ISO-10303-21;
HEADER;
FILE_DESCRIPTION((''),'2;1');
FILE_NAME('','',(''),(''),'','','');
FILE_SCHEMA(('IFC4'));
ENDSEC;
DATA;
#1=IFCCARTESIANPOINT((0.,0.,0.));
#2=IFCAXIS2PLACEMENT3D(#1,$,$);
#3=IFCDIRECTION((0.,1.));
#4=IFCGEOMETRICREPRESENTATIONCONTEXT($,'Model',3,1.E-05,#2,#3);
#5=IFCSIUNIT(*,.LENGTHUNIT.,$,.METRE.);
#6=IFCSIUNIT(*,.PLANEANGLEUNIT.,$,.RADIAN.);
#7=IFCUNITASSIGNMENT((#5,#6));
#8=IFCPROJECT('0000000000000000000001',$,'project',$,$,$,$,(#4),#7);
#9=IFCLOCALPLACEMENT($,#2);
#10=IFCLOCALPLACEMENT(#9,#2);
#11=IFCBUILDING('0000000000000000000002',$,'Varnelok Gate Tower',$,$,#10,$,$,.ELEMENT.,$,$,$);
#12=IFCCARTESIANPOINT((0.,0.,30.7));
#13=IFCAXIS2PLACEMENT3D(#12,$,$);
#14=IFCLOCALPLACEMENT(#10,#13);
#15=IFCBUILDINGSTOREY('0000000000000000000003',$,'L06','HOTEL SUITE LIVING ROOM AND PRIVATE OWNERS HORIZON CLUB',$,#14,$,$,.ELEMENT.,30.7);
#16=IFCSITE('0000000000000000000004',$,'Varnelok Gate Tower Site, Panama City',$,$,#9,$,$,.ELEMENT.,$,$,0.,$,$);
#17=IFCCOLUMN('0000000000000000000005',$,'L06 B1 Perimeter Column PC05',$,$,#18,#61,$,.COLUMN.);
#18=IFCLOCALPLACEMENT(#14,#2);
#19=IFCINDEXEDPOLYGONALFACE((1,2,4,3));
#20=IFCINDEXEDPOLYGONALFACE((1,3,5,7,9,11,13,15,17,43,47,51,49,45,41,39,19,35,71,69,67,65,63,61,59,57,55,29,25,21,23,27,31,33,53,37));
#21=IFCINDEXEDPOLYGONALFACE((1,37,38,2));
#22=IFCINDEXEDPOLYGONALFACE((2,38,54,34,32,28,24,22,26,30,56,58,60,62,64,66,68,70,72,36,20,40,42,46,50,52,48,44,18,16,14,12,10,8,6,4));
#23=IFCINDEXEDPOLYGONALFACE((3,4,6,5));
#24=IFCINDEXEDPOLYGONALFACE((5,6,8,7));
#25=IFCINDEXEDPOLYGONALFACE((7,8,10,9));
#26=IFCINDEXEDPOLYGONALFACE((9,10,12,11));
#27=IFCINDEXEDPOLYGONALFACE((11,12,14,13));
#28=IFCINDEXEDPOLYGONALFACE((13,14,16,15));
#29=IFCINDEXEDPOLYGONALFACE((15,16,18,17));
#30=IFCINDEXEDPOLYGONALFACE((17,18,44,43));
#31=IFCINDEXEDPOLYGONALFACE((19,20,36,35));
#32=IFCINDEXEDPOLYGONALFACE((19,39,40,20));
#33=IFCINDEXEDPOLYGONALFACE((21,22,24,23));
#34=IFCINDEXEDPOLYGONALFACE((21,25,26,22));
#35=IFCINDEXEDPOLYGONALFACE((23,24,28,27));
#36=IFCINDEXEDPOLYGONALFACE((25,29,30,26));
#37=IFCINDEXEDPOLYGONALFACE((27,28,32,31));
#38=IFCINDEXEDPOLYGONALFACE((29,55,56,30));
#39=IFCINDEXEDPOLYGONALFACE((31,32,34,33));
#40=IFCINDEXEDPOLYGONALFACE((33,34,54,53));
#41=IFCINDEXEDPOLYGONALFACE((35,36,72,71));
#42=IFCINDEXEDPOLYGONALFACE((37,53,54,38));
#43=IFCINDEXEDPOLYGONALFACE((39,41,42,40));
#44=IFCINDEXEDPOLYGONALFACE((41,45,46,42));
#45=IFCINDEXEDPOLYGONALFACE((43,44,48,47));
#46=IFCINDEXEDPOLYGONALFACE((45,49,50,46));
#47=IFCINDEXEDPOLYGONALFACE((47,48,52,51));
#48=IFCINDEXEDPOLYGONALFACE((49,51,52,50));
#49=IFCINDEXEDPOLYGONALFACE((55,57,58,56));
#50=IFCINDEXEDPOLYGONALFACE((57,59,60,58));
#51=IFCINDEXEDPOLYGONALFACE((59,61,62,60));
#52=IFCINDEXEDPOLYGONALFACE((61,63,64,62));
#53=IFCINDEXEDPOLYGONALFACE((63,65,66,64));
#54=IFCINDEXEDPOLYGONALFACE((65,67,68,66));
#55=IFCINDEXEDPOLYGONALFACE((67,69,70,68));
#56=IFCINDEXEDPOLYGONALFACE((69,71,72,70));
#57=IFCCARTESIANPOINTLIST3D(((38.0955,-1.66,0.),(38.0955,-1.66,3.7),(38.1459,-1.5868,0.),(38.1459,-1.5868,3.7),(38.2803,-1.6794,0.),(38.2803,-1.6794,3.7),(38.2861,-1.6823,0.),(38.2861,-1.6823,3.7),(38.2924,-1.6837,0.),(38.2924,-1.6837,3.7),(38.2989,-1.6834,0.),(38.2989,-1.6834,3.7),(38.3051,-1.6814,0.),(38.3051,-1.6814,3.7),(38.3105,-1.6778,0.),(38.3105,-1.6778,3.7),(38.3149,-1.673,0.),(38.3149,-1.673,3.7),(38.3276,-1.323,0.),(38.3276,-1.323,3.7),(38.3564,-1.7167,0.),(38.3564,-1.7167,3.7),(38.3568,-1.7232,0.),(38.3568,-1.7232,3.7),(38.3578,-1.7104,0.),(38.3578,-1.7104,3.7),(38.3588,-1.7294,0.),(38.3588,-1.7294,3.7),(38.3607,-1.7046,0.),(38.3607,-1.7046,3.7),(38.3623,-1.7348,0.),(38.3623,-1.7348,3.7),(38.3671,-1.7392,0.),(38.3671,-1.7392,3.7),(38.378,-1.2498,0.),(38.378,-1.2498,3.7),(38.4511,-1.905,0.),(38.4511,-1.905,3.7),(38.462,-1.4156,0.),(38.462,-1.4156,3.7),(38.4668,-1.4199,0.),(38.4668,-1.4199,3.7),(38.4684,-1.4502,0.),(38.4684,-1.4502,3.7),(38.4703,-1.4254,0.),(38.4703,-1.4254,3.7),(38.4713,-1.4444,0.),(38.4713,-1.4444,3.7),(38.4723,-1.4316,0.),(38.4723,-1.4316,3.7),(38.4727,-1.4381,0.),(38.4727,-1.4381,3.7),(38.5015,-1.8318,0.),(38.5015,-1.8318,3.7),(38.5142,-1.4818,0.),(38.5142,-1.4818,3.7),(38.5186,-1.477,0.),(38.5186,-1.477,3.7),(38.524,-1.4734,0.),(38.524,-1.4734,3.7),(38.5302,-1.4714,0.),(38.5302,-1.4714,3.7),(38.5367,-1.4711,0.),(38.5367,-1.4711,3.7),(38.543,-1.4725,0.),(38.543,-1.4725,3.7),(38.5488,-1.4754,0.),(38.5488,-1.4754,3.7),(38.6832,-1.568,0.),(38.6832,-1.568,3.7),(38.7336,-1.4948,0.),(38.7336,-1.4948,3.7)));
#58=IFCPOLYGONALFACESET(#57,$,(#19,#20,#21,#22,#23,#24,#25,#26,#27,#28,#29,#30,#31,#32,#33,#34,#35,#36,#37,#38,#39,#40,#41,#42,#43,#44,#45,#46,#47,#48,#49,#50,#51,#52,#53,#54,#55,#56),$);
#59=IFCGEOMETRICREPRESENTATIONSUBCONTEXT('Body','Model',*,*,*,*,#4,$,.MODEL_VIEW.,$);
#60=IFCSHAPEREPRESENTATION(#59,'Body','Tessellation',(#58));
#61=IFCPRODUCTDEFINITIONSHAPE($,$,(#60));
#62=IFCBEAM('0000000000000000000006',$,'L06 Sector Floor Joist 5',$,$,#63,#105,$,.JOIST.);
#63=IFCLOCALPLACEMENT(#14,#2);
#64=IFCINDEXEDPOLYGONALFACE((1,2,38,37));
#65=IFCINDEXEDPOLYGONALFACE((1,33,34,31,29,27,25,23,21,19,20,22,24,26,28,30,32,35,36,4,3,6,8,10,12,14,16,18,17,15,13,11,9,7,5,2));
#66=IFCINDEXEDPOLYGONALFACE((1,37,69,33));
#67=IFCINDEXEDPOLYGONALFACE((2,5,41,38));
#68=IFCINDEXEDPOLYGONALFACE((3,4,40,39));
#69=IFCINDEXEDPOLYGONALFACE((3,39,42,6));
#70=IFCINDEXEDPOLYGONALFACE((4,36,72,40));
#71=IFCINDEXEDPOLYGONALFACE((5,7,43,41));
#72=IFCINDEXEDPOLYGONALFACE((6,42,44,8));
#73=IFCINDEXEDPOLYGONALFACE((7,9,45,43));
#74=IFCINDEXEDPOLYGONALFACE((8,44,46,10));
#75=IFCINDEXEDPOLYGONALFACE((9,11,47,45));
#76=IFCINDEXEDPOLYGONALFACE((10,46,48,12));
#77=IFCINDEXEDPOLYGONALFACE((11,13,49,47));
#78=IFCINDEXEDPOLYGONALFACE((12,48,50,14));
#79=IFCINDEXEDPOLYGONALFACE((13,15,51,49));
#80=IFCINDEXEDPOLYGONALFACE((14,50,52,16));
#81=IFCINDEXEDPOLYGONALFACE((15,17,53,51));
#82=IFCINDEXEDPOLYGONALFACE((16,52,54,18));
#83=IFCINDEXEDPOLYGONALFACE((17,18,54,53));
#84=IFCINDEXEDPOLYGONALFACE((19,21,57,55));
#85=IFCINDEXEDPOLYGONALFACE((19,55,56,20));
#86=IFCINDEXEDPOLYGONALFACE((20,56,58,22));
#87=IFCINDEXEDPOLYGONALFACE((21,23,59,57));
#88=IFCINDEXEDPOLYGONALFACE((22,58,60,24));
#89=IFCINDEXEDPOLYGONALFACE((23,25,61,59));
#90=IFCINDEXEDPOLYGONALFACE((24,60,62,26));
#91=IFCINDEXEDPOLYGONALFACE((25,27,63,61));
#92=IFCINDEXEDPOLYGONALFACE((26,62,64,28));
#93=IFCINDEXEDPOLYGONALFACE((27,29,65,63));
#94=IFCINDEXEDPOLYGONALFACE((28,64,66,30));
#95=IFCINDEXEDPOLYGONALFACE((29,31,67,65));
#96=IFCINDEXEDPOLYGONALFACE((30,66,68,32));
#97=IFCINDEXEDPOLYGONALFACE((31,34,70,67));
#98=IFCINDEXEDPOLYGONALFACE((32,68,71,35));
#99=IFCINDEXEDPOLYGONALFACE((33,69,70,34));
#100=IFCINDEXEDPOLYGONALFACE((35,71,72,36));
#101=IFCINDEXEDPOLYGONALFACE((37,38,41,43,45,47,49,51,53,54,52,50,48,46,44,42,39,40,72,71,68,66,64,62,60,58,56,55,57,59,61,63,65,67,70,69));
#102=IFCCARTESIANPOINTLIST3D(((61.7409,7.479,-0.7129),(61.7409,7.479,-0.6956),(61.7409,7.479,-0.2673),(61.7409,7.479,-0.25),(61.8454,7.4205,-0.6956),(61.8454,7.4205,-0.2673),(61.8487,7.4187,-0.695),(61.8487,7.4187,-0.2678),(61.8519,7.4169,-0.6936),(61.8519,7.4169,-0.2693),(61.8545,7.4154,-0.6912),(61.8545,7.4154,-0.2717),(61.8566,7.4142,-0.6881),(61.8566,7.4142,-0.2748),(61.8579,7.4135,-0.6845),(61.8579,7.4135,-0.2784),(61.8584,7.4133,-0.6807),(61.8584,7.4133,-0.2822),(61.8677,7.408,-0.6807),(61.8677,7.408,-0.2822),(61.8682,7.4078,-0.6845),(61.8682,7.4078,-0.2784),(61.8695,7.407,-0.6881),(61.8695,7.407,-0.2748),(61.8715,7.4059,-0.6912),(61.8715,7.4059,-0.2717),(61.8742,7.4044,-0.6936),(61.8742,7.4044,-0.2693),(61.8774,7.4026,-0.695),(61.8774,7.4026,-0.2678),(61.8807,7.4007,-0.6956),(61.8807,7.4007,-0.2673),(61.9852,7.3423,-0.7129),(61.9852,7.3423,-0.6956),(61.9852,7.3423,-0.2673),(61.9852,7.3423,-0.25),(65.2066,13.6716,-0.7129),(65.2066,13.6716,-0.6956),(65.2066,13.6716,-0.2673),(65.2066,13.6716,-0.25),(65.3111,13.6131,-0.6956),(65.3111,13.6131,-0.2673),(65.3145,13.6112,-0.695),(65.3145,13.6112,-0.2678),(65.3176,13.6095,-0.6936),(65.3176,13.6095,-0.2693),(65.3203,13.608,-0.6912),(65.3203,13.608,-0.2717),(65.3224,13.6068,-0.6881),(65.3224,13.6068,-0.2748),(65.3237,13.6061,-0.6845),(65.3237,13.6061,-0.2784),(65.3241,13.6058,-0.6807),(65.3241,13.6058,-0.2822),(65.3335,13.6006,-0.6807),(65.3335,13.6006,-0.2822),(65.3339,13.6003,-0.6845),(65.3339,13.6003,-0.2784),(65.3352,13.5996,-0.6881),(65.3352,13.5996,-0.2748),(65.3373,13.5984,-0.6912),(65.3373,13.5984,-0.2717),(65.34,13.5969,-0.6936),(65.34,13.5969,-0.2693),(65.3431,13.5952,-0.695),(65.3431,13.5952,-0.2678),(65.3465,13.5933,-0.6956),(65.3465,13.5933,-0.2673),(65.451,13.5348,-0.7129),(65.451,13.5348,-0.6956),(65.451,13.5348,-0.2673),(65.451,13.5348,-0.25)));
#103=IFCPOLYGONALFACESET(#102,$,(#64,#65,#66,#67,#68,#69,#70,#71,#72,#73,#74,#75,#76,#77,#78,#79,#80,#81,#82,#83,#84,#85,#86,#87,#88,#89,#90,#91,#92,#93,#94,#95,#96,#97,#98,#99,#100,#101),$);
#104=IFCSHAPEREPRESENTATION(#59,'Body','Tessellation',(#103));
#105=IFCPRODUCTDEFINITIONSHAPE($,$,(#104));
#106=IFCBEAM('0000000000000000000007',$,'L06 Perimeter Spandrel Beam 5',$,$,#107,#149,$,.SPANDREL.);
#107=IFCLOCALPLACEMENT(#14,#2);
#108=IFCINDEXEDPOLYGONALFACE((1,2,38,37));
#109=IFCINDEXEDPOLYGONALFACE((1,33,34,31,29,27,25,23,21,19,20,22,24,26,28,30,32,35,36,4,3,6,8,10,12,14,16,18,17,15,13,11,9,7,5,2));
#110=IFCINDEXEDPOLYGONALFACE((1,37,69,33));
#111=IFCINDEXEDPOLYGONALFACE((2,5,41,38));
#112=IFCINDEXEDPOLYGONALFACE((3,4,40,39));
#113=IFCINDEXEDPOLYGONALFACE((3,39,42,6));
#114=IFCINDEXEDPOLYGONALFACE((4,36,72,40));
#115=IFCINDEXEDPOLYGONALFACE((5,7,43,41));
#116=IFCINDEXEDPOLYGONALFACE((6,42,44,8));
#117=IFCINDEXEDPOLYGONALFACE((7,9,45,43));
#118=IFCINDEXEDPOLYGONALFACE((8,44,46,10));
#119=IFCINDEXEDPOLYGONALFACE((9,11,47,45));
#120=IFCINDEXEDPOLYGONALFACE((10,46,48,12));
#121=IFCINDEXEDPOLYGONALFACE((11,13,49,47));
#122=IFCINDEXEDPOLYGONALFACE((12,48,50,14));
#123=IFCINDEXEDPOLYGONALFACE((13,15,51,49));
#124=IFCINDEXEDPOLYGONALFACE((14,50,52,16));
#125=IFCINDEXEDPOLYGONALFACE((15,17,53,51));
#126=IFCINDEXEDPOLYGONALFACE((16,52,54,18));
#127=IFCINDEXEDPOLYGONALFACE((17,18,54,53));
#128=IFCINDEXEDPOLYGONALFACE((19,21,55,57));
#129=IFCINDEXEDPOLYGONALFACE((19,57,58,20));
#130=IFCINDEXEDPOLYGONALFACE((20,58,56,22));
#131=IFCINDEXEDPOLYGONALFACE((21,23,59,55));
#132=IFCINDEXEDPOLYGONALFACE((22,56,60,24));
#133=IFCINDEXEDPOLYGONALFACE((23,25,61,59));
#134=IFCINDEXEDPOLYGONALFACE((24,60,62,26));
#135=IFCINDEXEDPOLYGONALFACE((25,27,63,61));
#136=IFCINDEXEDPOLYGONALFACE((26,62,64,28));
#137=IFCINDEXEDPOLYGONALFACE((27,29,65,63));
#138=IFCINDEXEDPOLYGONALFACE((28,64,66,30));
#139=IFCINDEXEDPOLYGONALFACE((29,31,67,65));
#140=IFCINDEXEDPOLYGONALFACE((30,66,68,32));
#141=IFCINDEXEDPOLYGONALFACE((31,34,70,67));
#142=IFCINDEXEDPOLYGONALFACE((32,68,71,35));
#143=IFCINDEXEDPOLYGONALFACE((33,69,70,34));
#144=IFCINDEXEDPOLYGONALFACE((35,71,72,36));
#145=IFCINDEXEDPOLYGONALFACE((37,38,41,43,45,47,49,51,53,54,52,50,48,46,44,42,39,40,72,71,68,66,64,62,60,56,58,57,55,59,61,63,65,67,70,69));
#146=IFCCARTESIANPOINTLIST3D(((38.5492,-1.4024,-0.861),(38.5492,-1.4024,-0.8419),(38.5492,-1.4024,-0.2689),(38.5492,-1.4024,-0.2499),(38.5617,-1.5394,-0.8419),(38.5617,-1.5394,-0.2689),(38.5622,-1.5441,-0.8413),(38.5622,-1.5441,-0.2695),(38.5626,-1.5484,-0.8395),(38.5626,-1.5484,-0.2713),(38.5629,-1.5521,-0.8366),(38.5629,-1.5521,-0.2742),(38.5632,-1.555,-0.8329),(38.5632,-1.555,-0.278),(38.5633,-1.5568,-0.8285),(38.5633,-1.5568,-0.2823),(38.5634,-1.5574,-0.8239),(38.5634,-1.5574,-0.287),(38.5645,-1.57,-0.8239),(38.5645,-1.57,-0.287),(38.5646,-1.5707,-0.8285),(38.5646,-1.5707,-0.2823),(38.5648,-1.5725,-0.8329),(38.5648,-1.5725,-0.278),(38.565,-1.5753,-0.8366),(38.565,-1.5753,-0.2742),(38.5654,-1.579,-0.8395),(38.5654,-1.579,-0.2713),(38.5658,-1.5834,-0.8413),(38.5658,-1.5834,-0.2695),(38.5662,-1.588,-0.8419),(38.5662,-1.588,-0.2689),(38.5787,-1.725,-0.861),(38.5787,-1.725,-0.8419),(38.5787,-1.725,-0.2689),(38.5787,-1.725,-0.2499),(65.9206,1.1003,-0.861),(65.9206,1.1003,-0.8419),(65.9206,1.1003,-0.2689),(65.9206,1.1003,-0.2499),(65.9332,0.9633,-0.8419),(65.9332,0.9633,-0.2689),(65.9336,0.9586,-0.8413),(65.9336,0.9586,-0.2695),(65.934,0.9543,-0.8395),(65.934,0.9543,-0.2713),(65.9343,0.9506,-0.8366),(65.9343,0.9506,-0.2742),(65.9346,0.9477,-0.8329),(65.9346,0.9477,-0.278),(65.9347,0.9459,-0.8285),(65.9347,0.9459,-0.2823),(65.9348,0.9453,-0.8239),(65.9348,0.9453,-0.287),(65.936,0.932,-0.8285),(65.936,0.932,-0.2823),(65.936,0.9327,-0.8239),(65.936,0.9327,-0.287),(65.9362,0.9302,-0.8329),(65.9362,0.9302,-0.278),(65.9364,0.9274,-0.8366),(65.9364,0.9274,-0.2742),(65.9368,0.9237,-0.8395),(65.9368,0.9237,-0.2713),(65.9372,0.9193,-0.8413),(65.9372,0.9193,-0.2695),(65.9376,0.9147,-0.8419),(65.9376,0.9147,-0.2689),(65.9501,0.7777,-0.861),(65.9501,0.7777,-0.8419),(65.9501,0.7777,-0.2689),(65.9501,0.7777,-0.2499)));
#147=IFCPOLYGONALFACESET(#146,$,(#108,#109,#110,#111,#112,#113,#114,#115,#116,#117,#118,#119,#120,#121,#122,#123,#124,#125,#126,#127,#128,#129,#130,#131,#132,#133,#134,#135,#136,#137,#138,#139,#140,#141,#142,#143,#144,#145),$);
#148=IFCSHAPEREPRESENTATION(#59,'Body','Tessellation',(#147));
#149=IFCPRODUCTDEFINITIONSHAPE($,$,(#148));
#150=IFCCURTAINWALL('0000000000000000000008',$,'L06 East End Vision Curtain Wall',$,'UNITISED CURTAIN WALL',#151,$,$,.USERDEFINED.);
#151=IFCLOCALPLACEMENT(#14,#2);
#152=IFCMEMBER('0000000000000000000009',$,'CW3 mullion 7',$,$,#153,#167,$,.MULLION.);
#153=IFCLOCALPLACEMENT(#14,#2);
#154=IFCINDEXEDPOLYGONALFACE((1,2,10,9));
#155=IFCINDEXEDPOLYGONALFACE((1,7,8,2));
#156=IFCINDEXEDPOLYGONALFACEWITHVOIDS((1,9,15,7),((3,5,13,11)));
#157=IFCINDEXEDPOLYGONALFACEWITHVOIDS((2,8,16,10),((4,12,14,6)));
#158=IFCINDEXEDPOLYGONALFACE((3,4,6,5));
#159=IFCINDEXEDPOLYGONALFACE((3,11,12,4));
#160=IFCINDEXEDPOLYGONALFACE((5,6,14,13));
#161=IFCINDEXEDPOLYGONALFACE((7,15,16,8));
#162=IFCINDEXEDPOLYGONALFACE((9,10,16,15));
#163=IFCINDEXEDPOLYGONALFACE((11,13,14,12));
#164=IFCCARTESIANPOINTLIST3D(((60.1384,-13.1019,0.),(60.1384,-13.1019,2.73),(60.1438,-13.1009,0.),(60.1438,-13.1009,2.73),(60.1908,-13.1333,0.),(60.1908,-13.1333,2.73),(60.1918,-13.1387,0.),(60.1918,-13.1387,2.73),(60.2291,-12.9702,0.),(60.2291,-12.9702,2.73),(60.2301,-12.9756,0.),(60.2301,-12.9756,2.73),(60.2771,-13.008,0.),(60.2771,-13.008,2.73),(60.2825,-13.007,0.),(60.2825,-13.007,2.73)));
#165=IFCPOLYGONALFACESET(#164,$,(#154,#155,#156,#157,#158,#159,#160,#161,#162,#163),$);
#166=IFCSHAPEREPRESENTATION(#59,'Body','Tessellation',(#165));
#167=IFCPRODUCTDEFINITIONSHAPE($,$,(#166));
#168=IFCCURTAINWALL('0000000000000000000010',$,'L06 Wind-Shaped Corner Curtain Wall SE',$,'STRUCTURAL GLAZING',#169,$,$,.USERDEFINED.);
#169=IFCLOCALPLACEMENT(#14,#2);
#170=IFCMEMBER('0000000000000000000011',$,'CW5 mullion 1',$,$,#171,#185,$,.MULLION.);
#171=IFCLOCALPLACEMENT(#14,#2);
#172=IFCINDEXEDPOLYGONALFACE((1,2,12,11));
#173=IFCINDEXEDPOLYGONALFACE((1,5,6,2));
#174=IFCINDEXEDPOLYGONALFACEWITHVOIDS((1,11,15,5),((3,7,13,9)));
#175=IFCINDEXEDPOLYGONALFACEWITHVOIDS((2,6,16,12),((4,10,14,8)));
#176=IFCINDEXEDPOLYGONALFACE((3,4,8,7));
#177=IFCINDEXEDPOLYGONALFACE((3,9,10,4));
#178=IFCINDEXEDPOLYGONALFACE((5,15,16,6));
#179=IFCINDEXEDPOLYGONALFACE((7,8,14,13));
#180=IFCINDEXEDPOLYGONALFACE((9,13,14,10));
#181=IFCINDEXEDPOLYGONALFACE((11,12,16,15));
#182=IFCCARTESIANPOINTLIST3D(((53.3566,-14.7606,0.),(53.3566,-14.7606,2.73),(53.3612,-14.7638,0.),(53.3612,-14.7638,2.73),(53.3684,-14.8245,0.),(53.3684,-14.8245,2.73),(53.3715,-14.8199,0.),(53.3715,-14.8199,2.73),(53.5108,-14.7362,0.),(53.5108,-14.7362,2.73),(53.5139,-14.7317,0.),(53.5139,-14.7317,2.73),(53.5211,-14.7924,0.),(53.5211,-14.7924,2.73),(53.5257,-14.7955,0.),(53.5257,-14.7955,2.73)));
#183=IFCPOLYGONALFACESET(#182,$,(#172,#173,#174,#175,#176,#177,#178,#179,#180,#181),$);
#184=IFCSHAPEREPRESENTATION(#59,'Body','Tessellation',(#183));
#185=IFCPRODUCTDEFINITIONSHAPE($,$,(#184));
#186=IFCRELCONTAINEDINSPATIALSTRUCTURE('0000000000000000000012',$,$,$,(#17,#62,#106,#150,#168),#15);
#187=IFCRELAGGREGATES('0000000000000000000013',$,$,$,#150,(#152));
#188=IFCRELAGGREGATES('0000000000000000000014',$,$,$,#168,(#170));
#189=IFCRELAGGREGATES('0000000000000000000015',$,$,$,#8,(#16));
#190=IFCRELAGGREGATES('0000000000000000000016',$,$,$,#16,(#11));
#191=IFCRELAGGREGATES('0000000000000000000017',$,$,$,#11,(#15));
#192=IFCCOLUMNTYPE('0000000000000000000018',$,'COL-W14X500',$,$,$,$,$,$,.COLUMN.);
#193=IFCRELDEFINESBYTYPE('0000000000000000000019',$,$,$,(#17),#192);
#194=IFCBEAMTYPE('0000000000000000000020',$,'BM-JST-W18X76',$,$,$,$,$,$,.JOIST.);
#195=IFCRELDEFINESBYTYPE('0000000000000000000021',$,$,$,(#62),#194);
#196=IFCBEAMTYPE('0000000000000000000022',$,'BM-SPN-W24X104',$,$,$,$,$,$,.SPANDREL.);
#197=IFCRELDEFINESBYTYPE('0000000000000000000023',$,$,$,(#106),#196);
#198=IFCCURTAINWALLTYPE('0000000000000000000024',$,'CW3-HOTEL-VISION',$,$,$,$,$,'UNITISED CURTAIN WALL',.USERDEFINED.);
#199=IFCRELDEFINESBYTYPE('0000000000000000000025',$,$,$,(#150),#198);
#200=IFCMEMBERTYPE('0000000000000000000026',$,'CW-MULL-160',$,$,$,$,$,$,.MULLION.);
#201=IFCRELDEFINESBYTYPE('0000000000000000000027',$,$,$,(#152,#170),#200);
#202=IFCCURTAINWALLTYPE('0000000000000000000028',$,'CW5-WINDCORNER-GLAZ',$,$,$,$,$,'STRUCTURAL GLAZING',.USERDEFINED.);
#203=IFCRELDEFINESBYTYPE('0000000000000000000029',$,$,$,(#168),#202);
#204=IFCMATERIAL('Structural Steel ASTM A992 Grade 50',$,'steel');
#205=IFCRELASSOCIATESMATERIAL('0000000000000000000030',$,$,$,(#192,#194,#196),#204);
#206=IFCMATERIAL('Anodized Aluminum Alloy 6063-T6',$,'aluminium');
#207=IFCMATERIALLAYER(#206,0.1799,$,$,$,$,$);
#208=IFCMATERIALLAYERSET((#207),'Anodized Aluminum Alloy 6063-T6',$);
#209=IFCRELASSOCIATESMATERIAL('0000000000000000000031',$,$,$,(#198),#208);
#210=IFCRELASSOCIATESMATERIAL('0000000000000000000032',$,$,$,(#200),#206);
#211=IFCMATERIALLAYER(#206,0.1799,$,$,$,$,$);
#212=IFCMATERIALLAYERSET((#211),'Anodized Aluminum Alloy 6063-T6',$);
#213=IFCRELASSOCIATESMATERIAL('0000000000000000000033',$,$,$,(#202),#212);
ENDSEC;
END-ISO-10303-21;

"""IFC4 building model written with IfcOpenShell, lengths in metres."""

from ifc_helpers import new_model, si_unit, direction, frame, origin, origin_2d, place, context, subcontext, project, spatial, hollow_rectangle, i_section, extrude, material, layer, layer_set, material_profile, profile_set, type_object, element, aggregate, save


model = new_model("IFC4")

# Units and contexts
model_context = context("Model", 3, precision=1e-05, world=origin(), true_north=direction((0.0, 1.0)))
body_context = subcontext(model_context, "Body", "Model", "MODEL_VIEW")
ifc_project = project(units=[si_unit("LENGTHUNIT", "METRE"), si_unit("PLANEANGLEUNIT", "RADIAN")], contexts=[model_context])

# Site, building, storey
site_placement = place(None, origin())
site = spatial("IfcSite", under=ifc_project, at=site_placement, Name="Varnelok Gate Tower Site, Panama City", CompositionType="ELEMENT", RefElevation=0.0)
building_placement = place(site_placement, origin())
building = spatial("IfcBuilding", under=site, at=building_placement, Name="Varnelok Gate Tower", CompositionType="ELEMENT")
storey_placement = place(building_placement, frame((0.0, 0.0, 30.7)))
storey = spatial("IfcBuildingStorey", under=building, at=storey_placement, Name="L06", Description="HOTEL SUITE LIVING ROOM AND PRIVATE OWNERS HORIZON CLUB", CompositionType="ELEMENT", Elevation=30.7)

# Column
ifc_material_1 = material(Name="Structural Steel ASTM A992 Grade 50", Category="steel")
ifc_material_profile_1 = material_profile(ifc_material_1, i_section(OverallWidth=0.4319, OverallDepth=0.498, WebThickness=0.0557, FlangeThickness=0.0889, FilletRadius=0.0249, at=origin_2d()), Name="W14X500")
ifc_profile_set_1 = profile_set([ifc_material_profile_1], Name="Structural Steel ASTM A992 Grade 50")
column_type = type_object("IfcColumnType", Name="COL-W14X500", PredefinedType="COLUMN", material=ifc_profile_set_1)
column_placement = place(storey_placement, frame((38.4146, -1.5774, 0.0), z_axis=(0.0, 0.0, 1.0), x_axis=(0.823533, -0.567269, 0.0)))
element("IfcColumn", 1, at=column_placement, inside=storey, type_object=column_type, Name="L06 B1 Perimeter Column PC05", PredefinedType="COLUMN", context=body_context, shape_type="SweptSolid", body=[
    extrude(i_section(OverallWidth=0.4319, OverallDepth=0.498, WebThickness=0.0557, FlangeThickness=0.0889, FilletRadius=0.0249, at=origin_2d()), origin(), (0.0, 0.0, 1.0), 3.7),
])

# Beams
ifc_material_profile_2 = material_profile(ifc_material_1, i_section(OverallWidth=0.28, OverallDepth=0.4629, WebThickness=0.0107, FlangeThickness=0.0173, FilletRadius=0.0149, at=origin_2d()), Name="W18X76")
ifc_profile_set_2 = profile_set([ifc_material_profile_2], Name="Structural Steel ASTM A992 Grade 50")
beam_type_1 = type_object("IfcBeamType", Name="BM-JST-W18X76", PredefinedType="JOIST", material=ifc_profile_set_2)
beam_1_placement = place(storey_placement, frame((61.863, 7.4106, -0.4814), z_axis=(0.488383, 0.872629, 0.0), x_axis=(-0.872629, 0.488383, 0.0)))
element("IfcBeam", 2, at=beam_1_placement, inside=storey, type_object=beam_type_1, Name="L06 Sector Floor Joist 5", PredefinedType="JOIST", context=body_context, shape_type="SweptSolid", body=[
    extrude(i_section(OverallWidth=0.28, OverallDepth=0.4629, WebThickness=0.0107, FlangeThickness=0.0173, FilletRadius=0.0149, at=origin_2d()), origin(), (0.0, 0.0, 1.0), 7.0964),
])
ifc_material_profile_3 = material_profile(ifc_material_1, i_section(OverallWidth=0.324, OverallDepth=0.6111, WebThickness=0.0127, FlangeThickness=0.019, FilletRadius=0.0181, at=origin_2d()), Name="W24X104")
ifc_profile_set_3 = profile_set([ifc_material_profile_3], Name="Structural Steel ASTM A992 Grade 50")
beam_type_2 = type_object("IfcBeamType", Name="BM-SPN-W24X104", PredefinedType="SPANDREL", material=ifc_profile_set_3)
beam_2_placement = place(storey_placement, frame((38.564, -1.5637, -0.5554), z_axis=(0.995846, 0.091055, 0.0), x_axis=(-0.091055, 0.995846, 0.0)))
element("IfcBeam", 3, at=beam_2_placement, inside=storey, type_object=beam_type_2, Name="L06 Perimeter Spandrel Beam 5", PredefinedType="SPANDREL", context=body_context, shape_type="SweptSolid", body=[
    extrude(i_section(OverallWidth=0.324, OverallDepth=0.6111, WebThickness=0.0127, FlangeThickness=0.019, FilletRadius=0.0181, at=origin_2d()), origin(), (0.0, 0.0, 1.0), 27.4856),
])

# Curtain wall, member
ifc_material_2 = material(Name="Anodized Aluminum Alloy 6063-T6", Category="aluminium")
ifc_layer_1 = layer(ifc_material_2, 0.1799)
ifc_layer_set_1 = layer_set([ifc_layer_1], Name="Anodized Aluminum Alloy 6063-T6")
curtain_wall_type_1 = type_object("IfcCurtainWallType", Name="CW3-HOTEL-VISION", ElementType="UNITISED CURTAIN WALL", PredefinedType="USERDEFINED", material=ifc_layer_set_1)
curtain_wall_1_placement = place(storey_placement, origin())
curtain_wall_1 = element("IfcCurtainWall", 4, at=curtain_wall_1_placement, inside=storey, type_object=curtain_wall_type_1, Name="L06 East End Vision Curtain Wall", ObjectType="UNITISED CURTAIN WALL", PredefinedType="USERDEFINED")
ifc_material_profile_4 = material_profile(ifc_material_2, hollow_rectangle(XDim=0.0649, YDim=0.1599, WallThickness=0.0039, at=origin_2d()), Name="ALU160X65X4")
ifc_profile_set_4 = profile_set([ifc_material_profile_4], Name="Anodized Aluminum Alloy 6063-T6")
member_type_1 = type_object("IfcMemberType", Name="CW-MULL-160", PredefinedType="MULLION", material=ifc_profile_set_4)
member_1_placement = place(storey_placement, frame((60.2104, -13.0544, 0.0), z_axis=(0.0, 0.0, 1.0), x_axis=(0.823533, -0.567269, 0.0)))
member_1 = element("IfcMember", 5, at=member_1_placement, type_object=member_type_1, Name="CW3 mullion 7", PredefinedType="MULLION", context=body_context, shape_type="SweptSolid", body=[
    extrude(hollow_rectangle(XDim=0.0649, YDim=0.1599, WallThickness=0.0039, at=origin_2d()), origin(), (0.0, 0.0, 1.0), 2.73),
])
aggregate(curtain_wall_1, [member_1])

# Curtain wall, member
ifc_layer_2 = layer(ifc_material_2, 0.1799)
ifc_layer_set_2 = layer_set([ifc_layer_2], Name="Anodized Aluminum Alloy 6063-T6")
curtain_wall_type_2 = type_object("IfcCurtainWallType", Name="CW5-WINDCORNER-GLAZ", ElementType="STRUCTURAL GLAZING", PredefinedType="USERDEFINED", material=ifc_layer_set_2)
curtain_wall_2_placement = place(storey_placement, origin())
curtain_wall_2 = element("IfcCurtainWall", 6, at=curtain_wall_2_placement, inside=storey, type_object=curtain_wall_type_2, Name="L06 Wind-Shaped Corner Curtain Wall SE", ObjectType="STRUCTURAL GLAZING", PredefinedType="USERDEFINED")
member_2_placement = place(storey_placement, frame((53.4412, -14.7781, 0.0), z_axis=(0.0, 0.0, 1.0), x_axis=(-0.181203, 0.983446, 0.0)))
member_2 = element("IfcMember", 7, at=member_2_placement, type_object=member_type_1, Name="CW5 mullion 1", PredefinedType="MULLION", context=body_context, shape_type="SweptSolid", body=[
    extrude(hollow_rectangle(XDim=0.0649, YDim=0.1599, WallThickness=0.0039, at=origin_2d()), origin(), (0.0, 0.0, 1.0), 2.73),
])
aggregate(curtain_wall_2, [member_2])

save(model, "model.ifc")
